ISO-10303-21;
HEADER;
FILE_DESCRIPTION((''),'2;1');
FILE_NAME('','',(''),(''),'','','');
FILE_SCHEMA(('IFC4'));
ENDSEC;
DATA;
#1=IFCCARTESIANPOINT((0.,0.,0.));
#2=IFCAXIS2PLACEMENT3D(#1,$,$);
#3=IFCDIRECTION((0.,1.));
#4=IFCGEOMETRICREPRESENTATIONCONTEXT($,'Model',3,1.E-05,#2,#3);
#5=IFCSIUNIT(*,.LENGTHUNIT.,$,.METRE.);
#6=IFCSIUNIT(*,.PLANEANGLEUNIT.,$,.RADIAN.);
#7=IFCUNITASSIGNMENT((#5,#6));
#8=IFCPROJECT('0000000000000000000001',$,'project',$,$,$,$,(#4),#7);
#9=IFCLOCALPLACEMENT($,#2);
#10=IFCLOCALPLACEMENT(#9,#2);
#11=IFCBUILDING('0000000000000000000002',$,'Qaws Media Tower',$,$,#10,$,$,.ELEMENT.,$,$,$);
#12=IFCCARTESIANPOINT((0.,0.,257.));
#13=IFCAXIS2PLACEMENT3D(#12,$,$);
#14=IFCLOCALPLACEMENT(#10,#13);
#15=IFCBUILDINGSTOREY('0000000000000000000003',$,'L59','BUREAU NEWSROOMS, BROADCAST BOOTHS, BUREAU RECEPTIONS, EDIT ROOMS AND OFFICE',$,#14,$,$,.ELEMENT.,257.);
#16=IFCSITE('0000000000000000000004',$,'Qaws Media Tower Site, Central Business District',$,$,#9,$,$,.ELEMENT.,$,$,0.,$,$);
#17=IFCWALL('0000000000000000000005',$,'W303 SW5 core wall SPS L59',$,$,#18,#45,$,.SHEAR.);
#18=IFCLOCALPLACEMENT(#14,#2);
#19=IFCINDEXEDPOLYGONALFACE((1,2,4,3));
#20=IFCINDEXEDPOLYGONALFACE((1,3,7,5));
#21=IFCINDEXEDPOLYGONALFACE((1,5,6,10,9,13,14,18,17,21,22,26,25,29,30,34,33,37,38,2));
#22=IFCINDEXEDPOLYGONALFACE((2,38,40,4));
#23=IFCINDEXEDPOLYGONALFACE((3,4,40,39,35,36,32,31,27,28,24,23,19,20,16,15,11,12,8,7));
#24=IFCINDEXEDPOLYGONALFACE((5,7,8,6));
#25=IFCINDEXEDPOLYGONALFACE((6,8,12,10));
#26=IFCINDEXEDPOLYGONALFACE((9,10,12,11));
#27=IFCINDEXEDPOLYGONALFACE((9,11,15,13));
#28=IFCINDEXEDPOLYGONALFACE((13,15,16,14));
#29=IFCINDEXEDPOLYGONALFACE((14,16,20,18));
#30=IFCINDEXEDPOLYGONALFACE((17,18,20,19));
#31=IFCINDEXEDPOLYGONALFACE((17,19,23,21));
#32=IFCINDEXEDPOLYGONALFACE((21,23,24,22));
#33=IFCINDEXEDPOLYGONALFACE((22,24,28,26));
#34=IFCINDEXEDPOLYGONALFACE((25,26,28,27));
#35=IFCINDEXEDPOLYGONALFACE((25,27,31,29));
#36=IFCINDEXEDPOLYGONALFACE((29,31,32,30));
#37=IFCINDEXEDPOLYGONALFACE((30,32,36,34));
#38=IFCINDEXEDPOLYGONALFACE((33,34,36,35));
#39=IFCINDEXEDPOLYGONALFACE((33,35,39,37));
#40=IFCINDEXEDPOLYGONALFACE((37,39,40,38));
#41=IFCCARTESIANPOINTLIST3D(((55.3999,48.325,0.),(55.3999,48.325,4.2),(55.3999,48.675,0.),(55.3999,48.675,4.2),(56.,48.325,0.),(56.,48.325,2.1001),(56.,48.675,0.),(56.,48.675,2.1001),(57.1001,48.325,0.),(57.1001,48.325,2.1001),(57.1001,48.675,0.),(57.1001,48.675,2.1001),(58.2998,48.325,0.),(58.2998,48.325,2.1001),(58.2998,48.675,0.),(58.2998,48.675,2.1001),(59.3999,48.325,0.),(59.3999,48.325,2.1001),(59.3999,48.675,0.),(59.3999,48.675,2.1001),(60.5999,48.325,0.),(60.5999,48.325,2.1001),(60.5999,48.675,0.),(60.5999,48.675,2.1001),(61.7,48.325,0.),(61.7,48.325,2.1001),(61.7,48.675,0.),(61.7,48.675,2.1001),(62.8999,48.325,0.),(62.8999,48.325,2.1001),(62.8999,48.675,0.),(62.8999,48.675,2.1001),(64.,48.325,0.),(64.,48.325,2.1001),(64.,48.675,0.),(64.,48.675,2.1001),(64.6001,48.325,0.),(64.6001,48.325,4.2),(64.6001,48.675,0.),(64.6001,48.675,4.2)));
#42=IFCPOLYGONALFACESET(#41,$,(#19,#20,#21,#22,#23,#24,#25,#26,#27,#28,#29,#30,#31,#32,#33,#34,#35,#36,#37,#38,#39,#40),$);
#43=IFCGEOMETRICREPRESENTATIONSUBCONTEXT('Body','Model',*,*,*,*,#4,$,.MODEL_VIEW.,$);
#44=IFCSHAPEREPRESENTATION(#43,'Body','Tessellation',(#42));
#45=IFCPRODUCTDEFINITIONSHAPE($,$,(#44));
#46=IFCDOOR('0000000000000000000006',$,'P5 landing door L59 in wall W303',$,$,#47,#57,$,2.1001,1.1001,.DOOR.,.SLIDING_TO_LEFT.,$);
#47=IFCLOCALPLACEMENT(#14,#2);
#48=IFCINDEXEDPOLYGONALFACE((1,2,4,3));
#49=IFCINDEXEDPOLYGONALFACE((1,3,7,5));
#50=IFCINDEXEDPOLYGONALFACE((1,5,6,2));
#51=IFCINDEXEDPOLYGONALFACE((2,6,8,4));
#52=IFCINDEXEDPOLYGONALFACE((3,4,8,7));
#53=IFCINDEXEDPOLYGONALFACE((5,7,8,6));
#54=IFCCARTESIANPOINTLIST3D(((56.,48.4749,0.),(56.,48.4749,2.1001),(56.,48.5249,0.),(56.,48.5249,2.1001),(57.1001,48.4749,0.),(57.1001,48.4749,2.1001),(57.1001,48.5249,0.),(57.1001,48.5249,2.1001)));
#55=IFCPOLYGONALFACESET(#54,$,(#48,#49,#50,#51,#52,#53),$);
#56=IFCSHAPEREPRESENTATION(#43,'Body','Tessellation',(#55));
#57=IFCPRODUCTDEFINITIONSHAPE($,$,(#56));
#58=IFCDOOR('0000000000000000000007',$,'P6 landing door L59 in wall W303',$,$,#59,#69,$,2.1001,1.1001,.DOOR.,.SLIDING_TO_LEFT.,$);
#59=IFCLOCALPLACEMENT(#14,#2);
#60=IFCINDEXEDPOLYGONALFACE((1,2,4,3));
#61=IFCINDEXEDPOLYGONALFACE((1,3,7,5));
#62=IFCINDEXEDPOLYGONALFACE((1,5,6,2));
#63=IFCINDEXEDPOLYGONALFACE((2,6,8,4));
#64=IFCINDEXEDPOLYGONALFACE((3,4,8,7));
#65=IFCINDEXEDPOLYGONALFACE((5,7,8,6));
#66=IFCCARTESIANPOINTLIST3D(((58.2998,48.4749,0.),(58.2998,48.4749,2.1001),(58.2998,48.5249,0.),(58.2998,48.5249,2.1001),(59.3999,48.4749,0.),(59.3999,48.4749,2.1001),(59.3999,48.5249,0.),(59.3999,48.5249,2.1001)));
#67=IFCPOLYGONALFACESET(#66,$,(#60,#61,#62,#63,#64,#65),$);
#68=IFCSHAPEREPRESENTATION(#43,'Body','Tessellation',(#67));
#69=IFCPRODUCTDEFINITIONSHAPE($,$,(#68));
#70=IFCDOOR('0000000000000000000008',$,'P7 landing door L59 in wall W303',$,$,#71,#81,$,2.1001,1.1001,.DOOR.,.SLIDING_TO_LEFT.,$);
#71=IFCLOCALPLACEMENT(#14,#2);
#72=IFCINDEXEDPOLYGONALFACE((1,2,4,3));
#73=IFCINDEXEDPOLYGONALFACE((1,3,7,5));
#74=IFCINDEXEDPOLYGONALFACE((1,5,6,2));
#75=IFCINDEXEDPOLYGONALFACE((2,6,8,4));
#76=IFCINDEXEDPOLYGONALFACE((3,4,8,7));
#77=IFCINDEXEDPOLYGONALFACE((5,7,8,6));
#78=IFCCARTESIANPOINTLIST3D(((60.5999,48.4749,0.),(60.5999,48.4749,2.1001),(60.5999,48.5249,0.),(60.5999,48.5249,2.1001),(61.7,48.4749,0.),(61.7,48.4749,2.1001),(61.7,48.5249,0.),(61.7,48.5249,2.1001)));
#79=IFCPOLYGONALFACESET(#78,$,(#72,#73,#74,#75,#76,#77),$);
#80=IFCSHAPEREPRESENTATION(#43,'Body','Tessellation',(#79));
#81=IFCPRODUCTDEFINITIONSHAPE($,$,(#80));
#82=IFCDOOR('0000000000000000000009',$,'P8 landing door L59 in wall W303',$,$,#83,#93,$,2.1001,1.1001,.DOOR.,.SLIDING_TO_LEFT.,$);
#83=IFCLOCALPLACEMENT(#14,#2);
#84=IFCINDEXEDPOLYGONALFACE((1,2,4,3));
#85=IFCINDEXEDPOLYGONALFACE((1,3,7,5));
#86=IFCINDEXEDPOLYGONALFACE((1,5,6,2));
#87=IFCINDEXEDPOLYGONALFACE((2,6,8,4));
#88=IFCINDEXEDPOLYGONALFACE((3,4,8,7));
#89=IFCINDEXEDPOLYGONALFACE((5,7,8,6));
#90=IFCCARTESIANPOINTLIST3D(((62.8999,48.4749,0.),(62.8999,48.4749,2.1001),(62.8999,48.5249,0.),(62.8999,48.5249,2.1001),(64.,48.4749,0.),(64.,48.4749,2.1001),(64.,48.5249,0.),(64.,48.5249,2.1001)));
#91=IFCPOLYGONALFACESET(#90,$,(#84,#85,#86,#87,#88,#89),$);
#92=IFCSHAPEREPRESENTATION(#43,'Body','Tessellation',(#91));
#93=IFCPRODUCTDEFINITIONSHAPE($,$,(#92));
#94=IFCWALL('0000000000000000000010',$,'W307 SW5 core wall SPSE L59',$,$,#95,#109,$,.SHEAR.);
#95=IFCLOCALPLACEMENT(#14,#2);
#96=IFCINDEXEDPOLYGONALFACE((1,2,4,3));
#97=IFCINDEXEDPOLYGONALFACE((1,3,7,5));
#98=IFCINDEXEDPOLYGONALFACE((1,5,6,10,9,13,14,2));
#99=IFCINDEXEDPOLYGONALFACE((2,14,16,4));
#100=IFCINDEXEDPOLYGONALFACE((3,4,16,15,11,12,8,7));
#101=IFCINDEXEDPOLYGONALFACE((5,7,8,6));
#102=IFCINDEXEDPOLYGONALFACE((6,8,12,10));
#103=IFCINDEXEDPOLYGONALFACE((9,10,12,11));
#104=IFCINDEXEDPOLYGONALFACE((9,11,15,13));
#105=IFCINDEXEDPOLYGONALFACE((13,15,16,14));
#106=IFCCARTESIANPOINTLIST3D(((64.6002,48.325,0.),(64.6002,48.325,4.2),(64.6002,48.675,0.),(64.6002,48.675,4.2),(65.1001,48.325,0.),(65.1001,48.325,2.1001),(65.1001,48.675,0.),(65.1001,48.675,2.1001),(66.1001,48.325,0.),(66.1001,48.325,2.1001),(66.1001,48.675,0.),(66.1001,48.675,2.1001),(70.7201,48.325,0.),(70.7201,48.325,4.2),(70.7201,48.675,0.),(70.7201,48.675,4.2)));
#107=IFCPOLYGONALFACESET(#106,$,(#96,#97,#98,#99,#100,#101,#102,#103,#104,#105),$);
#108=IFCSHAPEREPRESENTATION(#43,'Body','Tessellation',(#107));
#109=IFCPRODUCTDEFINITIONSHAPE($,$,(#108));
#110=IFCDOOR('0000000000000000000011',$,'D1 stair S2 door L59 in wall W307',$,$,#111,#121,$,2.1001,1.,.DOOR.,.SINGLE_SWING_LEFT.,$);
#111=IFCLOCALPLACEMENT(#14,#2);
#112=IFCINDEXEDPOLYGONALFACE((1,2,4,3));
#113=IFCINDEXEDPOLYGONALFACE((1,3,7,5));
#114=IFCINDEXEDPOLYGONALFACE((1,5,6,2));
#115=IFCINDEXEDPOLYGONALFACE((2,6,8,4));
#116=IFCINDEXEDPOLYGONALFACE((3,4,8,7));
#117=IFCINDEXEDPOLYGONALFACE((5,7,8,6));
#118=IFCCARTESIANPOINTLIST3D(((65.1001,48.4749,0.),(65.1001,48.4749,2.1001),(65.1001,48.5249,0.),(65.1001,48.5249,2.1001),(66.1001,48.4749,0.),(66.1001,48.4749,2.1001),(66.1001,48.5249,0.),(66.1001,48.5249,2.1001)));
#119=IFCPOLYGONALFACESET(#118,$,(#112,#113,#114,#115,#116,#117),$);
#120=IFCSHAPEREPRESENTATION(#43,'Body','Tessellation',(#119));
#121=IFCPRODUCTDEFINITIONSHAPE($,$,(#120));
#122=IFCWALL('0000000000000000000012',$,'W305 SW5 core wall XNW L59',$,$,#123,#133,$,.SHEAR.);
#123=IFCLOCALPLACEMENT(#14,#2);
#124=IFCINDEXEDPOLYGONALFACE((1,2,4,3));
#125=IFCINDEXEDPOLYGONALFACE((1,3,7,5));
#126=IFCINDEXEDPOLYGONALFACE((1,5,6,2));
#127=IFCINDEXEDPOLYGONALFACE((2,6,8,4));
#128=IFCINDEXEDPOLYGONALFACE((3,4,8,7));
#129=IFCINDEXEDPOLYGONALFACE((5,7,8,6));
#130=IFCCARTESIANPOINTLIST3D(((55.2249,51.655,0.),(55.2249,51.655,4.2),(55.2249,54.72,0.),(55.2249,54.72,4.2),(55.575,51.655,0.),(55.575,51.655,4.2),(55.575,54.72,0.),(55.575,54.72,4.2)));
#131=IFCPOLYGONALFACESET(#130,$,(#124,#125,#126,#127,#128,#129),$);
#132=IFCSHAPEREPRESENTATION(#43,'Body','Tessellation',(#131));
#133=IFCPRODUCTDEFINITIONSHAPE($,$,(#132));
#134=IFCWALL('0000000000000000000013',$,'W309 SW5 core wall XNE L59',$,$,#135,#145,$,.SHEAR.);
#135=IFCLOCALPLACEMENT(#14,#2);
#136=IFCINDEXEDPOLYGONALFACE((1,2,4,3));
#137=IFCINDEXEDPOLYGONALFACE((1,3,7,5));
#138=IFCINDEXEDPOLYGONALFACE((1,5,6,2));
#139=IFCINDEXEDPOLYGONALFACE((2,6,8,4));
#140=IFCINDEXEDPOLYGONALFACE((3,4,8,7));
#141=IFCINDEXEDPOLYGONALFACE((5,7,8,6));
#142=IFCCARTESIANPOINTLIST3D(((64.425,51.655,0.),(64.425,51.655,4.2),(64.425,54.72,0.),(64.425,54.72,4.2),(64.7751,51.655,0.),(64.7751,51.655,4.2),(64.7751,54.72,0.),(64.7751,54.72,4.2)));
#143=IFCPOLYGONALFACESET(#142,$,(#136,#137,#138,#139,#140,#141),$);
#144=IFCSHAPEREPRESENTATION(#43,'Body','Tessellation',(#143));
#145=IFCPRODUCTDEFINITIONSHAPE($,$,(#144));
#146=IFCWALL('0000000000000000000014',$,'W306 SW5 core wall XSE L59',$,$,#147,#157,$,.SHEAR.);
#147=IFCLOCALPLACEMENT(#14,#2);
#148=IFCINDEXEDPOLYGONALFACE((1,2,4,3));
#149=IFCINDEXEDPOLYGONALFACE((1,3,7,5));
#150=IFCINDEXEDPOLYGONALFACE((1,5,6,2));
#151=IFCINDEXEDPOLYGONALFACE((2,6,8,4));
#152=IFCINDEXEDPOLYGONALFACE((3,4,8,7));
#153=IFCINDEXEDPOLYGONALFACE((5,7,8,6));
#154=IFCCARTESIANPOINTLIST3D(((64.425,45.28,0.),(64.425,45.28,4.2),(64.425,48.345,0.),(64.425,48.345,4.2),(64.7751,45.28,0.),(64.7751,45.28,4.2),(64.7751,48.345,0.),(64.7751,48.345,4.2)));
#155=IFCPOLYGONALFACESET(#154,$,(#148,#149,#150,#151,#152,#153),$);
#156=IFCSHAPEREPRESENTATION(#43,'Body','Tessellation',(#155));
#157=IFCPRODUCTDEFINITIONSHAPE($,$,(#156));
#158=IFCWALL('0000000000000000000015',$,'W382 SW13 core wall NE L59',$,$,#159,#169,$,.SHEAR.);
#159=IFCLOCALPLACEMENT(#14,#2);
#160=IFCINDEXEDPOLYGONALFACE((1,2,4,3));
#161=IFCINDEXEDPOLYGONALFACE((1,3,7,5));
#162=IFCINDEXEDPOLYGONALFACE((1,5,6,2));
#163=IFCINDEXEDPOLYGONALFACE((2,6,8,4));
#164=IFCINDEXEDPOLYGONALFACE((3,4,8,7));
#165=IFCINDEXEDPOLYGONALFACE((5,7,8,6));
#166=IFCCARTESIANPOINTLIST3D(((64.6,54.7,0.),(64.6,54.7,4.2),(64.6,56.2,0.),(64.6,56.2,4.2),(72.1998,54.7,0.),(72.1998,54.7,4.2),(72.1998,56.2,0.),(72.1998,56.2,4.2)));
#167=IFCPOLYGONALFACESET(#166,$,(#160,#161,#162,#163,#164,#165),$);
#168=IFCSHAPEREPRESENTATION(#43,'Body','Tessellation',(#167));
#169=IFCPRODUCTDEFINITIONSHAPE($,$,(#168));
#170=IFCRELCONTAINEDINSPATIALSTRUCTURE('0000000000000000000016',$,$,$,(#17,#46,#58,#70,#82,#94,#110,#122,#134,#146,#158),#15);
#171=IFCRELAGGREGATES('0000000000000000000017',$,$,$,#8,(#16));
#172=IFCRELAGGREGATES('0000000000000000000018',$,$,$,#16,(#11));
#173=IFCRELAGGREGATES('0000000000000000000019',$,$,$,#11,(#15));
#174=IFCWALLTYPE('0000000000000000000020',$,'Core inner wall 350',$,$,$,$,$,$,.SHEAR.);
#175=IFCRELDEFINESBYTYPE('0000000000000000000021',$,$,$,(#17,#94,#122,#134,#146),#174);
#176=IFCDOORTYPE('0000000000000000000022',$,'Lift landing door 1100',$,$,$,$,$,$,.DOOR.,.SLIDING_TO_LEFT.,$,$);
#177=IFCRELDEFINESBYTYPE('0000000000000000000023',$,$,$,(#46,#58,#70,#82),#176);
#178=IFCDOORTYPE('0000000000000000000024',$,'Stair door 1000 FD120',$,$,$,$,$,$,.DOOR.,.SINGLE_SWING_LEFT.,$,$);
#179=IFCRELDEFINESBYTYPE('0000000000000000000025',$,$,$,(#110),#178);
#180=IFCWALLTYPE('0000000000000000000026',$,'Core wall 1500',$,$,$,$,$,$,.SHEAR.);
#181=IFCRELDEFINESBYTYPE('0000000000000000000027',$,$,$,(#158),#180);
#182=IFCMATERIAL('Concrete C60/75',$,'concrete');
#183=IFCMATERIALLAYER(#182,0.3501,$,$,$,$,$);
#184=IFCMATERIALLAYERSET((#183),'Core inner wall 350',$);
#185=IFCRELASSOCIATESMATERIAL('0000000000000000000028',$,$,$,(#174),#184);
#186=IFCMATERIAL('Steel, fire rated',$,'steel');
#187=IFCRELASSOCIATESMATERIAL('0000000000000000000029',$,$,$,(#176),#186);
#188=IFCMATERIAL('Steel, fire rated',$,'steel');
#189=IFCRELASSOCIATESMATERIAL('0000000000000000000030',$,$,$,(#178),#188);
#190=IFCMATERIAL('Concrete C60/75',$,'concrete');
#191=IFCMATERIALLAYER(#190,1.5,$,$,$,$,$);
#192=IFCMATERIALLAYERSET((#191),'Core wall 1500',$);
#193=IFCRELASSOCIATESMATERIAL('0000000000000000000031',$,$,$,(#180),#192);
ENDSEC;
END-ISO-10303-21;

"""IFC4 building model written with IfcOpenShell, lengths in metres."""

from ifc_helpers import new_model, si_unit, direction, frame, frame_2d, origin, place, context, subcontext, project, spatial, rectangle, extrude, material, layer, layer_set, type_object, element, fill, save


model = new_model("IFC4")

# Units and contexts
model_context = context("Model", 3, precision=1e-05, world=origin(), true_north=direction((0.0, 1.0)))
body_context = subcontext(model_context, "Body", "Model", "MODEL_VIEW")
ifc_project = project(units=[si_unit("LENGTHUNIT", "METRE"), si_unit("PLANEANGLEUNIT", "RADIAN")], contexts=[model_context])

# Site, building, storey
site_placement = place(None, origin())
site = spatial("IfcSite", under=ifc_project, at=site_placement, Name="Qaws Media Tower Site, Central Business District", CompositionType="ELEMENT", RefElevation=0.0)
building_placement = place(site_placement, origin())
building = spatial("IfcBuilding", under=site, at=building_placement, Name="Qaws Media Tower", CompositionType="ELEMENT")
storey_placement = place(building_placement, frame((0.0, 0.0, 257.0)))
storey = spatial("IfcBuildingStorey", under=building, at=storey_placement, Name="L59", Description="BUREAU NEWSROOMS, BROADCAST BOOTHS, BUREAU RECEPTIONS, EDIT ROOMS AND OFFICE", CompositionType="ELEMENT", Elevation=257.0)

# Wall, openings, doors
ifc_material_1 = material(Name="Concrete C60/75", Category="concrete")
ifc_layer_1 = layer(ifc_material_1, 0.3501)
ifc_layer_set_1 = layer_set([ifc_layer_1], Name="Core inner wall 350")
wall_type_1 = type_object("IfcWallType", Name="Core inner wall 350", PredefinedType="SHEAR", material=ifc_layer_set_1)
wall_1_placement = place(storey_placement, frame((55.3999, 48.5, 0.0), z_axis=(0.0, 0.0, 1.0), x_axis=(1.0, 0.0, 0.0)))
wall_1 = element("IfcWall", 1, at=wall_1_placement, inside=storey, type_object=wall_type_1, Name="W303 SW5 core wall SPS L59", PredefinedType="SHEAR", context=body_context, shape_type="SweptSolid", body=[
    extrude(rectangle(XDim=9.2002, YDim=0.3501, at=frame_2d((4.6001, 0.0))), origin(), (0.0, 0.0, 1.0), 4.2),
])
opening_1_placement = place(wall_1_placement, frame((0.6001, 0.0, 0.0)))
opening_1 = element("IfcOpeningElement", 2, at=opening_1_placement, cuts=wall_1, PredefinedType="OPENING", context=body_context, shape_type="SweptSolid", body=[
    extrude(rectangle(XDim=1.1001, YDim=2.1001, at=frame_2d((0.55, 1.05))), frame((0.0, 0.1851, 0.0), z_axis=(0.0, -1.0, 0.0), x_axis=(1.0, 0.0, 0.0)), (0.0, 0.0, 1.0), 0.3701),
])
opening_2_placement = place(wall_1_placement, frame((2.8999, 0.0, 0.0)))
opening_2 = element("IfcOpeningElement", 3, at=opening_2_placement, cuts=wall_1, PredefinedType="OPENING", context=body_context, shape_type="SweptSolid", body=[
    extrude(rectangle(XDim=1.1001, YDim=2.1001, at=frame_2d((0.55, 1.05))), frame((0.0, 0.1851, 0.0), z_axis=(0.0, -1.0, 0.0), x_axis=(1.0, 0.0, 0.0)), (0.0, 0.0, 1.0), 0.3701),
])
opening_3_placement = place(wall_1_placement, frame((5.2, 0.0, 0.0)))
opening_3 = element("IfcOpeningElement", 4, at=opening_3_placement, cuts=wall_1, PredefinedType="OPENING", context=body_context, shape_type="SweptSolid", body=[
    extrude(rectangle(XDim=1.1001, YDim=2.1001, at=frame_2d((0.55, 1.05))), frame((0.0, 0.1851, 0.0), z_axis=(0.0, -1.0, 0.0), x_axis=(1.0, 0.0, 0.0)), (0.0, 0.0, 1.0), 0.3701),
])
opening_4_placement = place(wall_1_placement, frame((7.5, 0.0, 0.0)))
opening_4 = element("IfcOpeningElement", 5, at=opening_4_placement, cuts=wall_1, PredefinedType="OPENING", context=body_context, shape_type="SweptSolid", body=[
    extrude(rectangle(XDim=1.1001, YDim=2.1001, at=frame_2d((0.55, 1.05))), frame((0.0, 0.1851, 0.0), z_axis=(0.0, -1.0, 0.0), x_axis=(1.0, 0.0, 0.0)), (0.0, 0.0, 1.0), 0.3701),
])
ifc_material_2 = material(Name="Steel, fire rated", Category="steel")
door_type_1 = type_object("IfcDoorType", Name="Lift landing door 1100", OperationType="SLIDING_TO_LEFT", PredefinedType="DOOR", material=ifc_material_2)
door_1_placement = place(opening_1_placement, origin())
door_1 = element("IfcDoor", 6, at=door_1_placement, inside=storey, type_object=door_type_1, Name="P5 landing door L59 in wall W303", OperationType="SLIDING_TO_LEFT", OverallHeight=2.1001, OverallWidth=1.1001, PredefinedType="DOOR", context=body_context, shape_type="SweptSolid", body=[
    extrude(rectangle(XDim=1.1001, YDim=2.1001, at=frame_2d((0.55, 1.05))), frame((0.0, 0.0249, 0.0), z_axis=(0.0, -1.0, 0.0), x_axis=(1.0, 0.0, 0.0)), (0.0, 0.0, 1.0), 0.05),
])
fill(opening_1, door_1)
door_2_placement = place(opening_2_placement, origin())
door_2 = element("IfcDoor", 7, at=door_2_placement, inside=storey, type_object=door_type_1, Name="P6 landing door L59 in wall W303", OperationType="SLIDING_TO_LEFT", OverallHeight=2.1001, OverallWidth=1.1001, PredefinedType="DOOR", context=body_context, shape_type="SweptSolid", body=[
    extrude(rectangle(XDim=1.1001, YDim=2.1001, at=frame_2d((0.55, 1.05))), frame((0.0, 0.0249, 0.0), z_axis=(0.0, -1.0, 0.0), x_axis=(1.0, 0.0, 0.0)), (0.0, 0.0, 1.0), 0.05),
])
fill(opening_2, door_2)
door_3_placement = place(opening_3_placement, origin())
door_3 = element("IfcDoor", 8, at=door_3_placement, inside=storey, type_object=door_type_1, Name="P7 landing door L59 in wall W303", OperationType="SLIDING_TO_LEFT", OverallHeight=2.1001, OverallWidth=1.1001, PredefinedType="DOOR", context=body_context, shape_type="SweptSolid", body=[
    extrude(rectangle(XDim=1.1001, YDim=2.1001, at=frame_2d((0.55, 1.05))), frame((0.0, 0.0249, 0.0), z_axis=(0.0, -1.0, 0.0), x_axis=(1.0, 0.0, 0.0)), (0.0, 0.0, 1.0), 0.05),
])
fill(opening_3, door_3)
door_4_placement = place(opening_4_placement, origin())
door_4 = element("IfcDoor", 9, at=door_4_placement, inside=storey, type_object=door_type_1, Name="P8 landing door L59 in wall W303", OperationType="SLIDING_TO_LEFT", OverallHeight=2.1001, OverallWidth=1.1001, PredefinedType="DOOR", context=body_context, shape_type="SweptSolid", body=[
    extrude(rectangle(XDim=1.1001, YDim=2.1001, at=frame_2d((0.55, 1.05))), frame((0.0, 0.0249, 0.0), z_axis=(0.0, -1.0, 0.0), x_axis=(1.0, 0.0, 0.0)), (0.0, 0.0, 1.0), 0.05),
])
fill(opening_4, door_4)

# Wall, opening, door
wall_2_placement = place(storey_placement, frame((64.6001, 48.5, 0.0), z_axis=(0.0, 0.0, 1.0), x_axis=(1.0, 0.0, 0.0)))
wall_2 = element("IfcWall", 10, at=wall_2_placement, inside=storey, type_object=wall_type_1, Name="W307 SW5 core wall SPSE L59", PredefinedType="SHEAR", context=body_context, shape_type="SweptSolid", body=[
    extrude(rectangle(XDim=6.1199, YDim=0.3501, at=frame_2d((3.0601, 0.0))), origin(), (0.0, 0.0, 1.0), 4.2),
])
opening_5_placement = place(wall_2_placement, frame((0.5, 0.0, 0.0)))
opening_5 = element("IfcOpeningElement", 11, at=opening_5_placement, cuts=wall_2, PredefinedType="OPENING", context=body_context, shape_type="SweptSolid", body=[
    extrude(rectangle(XDim=1.0, YDim=2.1001, at=frame_2d((0.5, 1.05))), frame((0.0, 0.1851, 0.0), z_axis=(0.0, -1.0, 0.0), x_axis=(1.0, 0.0, 0.0)), (0.0, 0.0, 1.0), 0.3701),
])
ifc_material_3 = material(Name="Steel, fire rated", Category="steel")
door_type_2 = type_object("IfcDoorType", Name="Stair door 1000 FD120", OperationType="SINGLE_SWING_LEFT", PredefinedType="DOOR", material=ifc_material_3)
door_5_placement = place(opening_5_placement, origin())
door_5 = element("IfcDoor", 12, at=door_5_placement, inside=storey, type_object=door_type_2, Name="D1 stair S2 door L59 in wall W307", OperationType="SINGLE_SWING_LEFT", OverallHeight=2.1001, OverallWidth=1.0, PredefinedType="DOOR", context=body_context, shape_type="SweptSolid", body=[
    extrude(rectangle(XDim=1.0, YDim=2.1001, at=frame_2d((0.5, 1.05))), frame((0.0, 0.0249, 0.0), z_axis=(0.0, -1.0, 0.0), x_axis=(1.0, 0.0, 0.0)), (0.0, 0.0, 1.0), 0.05),
])
fill(opening_5, door_5)

# Walls
for number, where, z_axis, x_axis, name in (
    (13, (55.3999, 51.655, 0.0), (0.0, 0.0, 1.0), (0.0, 1.0, 0.0), "W305 SW5 core wall XNW L59"),
    (14, (64.6001, 51.655, 0.0), (0.0, 0.0, 1.0), (0.0, 1.0, 0.0), "W309 SW5 core wall XNE L59"),
    (15, (64.6001, 48.345, 0.0), (0.0, 0.0, 1.0), (0.0, -1.0, 0.0), "W306 SW5 core wall XSE L59"),
):
    element("IfcWall", number, at=place(storey_placement, frame(where, z_axis=z_axis, x_axis=x_axis)), inside=storey, type_object=wall_type_1, Name=name, PredefinedType="SHEAR", context=body_context, shape_type="SweptSolid", body=[
        extrude(rectangle(XDim=3.0649, YDim=0.3501, at=frame_2d((1.5325, 0.0))), origin(), (0.0, 0.0, 1.0), 4.2),
    ])
ifc_material_4 = material(Name="Concrete C60/75", Category="concrete")
ifc_layer_2 = layer(ifc_material_4, 1.5)
ifc_layer_set_2 = layer_set([ifc_layer_2], Name="Core wall 1500")
wall_type_2 = type_object("IfcWallType", Name="Core wall 1500", PredefinedType="SHEAR", material=ifc_layer_set_2)
wall_3_placement = place(storey_placement, frame((64.6001, 55.45, 0.0), z_axis=(0.0, 0.0, 1.0), x_axis=(1.0, 0.0, 0.0)))
element("IfcWall", 16, at=wall_3_placement, inside=storey, type_object=wall_type_2, Name="W382 SW13 core wall NE L59", PredefinedType="SHEAR", context=body_context, shape_type="SweptSolid", body=[
    extrude(rectangle(XDim=7.5999, YDim=1.5, at=frame_2d((3.7998, 0.0))), origin(), (0.0, 0.0, 1.0), 4.2),
])

save(model, "model.ifc")
